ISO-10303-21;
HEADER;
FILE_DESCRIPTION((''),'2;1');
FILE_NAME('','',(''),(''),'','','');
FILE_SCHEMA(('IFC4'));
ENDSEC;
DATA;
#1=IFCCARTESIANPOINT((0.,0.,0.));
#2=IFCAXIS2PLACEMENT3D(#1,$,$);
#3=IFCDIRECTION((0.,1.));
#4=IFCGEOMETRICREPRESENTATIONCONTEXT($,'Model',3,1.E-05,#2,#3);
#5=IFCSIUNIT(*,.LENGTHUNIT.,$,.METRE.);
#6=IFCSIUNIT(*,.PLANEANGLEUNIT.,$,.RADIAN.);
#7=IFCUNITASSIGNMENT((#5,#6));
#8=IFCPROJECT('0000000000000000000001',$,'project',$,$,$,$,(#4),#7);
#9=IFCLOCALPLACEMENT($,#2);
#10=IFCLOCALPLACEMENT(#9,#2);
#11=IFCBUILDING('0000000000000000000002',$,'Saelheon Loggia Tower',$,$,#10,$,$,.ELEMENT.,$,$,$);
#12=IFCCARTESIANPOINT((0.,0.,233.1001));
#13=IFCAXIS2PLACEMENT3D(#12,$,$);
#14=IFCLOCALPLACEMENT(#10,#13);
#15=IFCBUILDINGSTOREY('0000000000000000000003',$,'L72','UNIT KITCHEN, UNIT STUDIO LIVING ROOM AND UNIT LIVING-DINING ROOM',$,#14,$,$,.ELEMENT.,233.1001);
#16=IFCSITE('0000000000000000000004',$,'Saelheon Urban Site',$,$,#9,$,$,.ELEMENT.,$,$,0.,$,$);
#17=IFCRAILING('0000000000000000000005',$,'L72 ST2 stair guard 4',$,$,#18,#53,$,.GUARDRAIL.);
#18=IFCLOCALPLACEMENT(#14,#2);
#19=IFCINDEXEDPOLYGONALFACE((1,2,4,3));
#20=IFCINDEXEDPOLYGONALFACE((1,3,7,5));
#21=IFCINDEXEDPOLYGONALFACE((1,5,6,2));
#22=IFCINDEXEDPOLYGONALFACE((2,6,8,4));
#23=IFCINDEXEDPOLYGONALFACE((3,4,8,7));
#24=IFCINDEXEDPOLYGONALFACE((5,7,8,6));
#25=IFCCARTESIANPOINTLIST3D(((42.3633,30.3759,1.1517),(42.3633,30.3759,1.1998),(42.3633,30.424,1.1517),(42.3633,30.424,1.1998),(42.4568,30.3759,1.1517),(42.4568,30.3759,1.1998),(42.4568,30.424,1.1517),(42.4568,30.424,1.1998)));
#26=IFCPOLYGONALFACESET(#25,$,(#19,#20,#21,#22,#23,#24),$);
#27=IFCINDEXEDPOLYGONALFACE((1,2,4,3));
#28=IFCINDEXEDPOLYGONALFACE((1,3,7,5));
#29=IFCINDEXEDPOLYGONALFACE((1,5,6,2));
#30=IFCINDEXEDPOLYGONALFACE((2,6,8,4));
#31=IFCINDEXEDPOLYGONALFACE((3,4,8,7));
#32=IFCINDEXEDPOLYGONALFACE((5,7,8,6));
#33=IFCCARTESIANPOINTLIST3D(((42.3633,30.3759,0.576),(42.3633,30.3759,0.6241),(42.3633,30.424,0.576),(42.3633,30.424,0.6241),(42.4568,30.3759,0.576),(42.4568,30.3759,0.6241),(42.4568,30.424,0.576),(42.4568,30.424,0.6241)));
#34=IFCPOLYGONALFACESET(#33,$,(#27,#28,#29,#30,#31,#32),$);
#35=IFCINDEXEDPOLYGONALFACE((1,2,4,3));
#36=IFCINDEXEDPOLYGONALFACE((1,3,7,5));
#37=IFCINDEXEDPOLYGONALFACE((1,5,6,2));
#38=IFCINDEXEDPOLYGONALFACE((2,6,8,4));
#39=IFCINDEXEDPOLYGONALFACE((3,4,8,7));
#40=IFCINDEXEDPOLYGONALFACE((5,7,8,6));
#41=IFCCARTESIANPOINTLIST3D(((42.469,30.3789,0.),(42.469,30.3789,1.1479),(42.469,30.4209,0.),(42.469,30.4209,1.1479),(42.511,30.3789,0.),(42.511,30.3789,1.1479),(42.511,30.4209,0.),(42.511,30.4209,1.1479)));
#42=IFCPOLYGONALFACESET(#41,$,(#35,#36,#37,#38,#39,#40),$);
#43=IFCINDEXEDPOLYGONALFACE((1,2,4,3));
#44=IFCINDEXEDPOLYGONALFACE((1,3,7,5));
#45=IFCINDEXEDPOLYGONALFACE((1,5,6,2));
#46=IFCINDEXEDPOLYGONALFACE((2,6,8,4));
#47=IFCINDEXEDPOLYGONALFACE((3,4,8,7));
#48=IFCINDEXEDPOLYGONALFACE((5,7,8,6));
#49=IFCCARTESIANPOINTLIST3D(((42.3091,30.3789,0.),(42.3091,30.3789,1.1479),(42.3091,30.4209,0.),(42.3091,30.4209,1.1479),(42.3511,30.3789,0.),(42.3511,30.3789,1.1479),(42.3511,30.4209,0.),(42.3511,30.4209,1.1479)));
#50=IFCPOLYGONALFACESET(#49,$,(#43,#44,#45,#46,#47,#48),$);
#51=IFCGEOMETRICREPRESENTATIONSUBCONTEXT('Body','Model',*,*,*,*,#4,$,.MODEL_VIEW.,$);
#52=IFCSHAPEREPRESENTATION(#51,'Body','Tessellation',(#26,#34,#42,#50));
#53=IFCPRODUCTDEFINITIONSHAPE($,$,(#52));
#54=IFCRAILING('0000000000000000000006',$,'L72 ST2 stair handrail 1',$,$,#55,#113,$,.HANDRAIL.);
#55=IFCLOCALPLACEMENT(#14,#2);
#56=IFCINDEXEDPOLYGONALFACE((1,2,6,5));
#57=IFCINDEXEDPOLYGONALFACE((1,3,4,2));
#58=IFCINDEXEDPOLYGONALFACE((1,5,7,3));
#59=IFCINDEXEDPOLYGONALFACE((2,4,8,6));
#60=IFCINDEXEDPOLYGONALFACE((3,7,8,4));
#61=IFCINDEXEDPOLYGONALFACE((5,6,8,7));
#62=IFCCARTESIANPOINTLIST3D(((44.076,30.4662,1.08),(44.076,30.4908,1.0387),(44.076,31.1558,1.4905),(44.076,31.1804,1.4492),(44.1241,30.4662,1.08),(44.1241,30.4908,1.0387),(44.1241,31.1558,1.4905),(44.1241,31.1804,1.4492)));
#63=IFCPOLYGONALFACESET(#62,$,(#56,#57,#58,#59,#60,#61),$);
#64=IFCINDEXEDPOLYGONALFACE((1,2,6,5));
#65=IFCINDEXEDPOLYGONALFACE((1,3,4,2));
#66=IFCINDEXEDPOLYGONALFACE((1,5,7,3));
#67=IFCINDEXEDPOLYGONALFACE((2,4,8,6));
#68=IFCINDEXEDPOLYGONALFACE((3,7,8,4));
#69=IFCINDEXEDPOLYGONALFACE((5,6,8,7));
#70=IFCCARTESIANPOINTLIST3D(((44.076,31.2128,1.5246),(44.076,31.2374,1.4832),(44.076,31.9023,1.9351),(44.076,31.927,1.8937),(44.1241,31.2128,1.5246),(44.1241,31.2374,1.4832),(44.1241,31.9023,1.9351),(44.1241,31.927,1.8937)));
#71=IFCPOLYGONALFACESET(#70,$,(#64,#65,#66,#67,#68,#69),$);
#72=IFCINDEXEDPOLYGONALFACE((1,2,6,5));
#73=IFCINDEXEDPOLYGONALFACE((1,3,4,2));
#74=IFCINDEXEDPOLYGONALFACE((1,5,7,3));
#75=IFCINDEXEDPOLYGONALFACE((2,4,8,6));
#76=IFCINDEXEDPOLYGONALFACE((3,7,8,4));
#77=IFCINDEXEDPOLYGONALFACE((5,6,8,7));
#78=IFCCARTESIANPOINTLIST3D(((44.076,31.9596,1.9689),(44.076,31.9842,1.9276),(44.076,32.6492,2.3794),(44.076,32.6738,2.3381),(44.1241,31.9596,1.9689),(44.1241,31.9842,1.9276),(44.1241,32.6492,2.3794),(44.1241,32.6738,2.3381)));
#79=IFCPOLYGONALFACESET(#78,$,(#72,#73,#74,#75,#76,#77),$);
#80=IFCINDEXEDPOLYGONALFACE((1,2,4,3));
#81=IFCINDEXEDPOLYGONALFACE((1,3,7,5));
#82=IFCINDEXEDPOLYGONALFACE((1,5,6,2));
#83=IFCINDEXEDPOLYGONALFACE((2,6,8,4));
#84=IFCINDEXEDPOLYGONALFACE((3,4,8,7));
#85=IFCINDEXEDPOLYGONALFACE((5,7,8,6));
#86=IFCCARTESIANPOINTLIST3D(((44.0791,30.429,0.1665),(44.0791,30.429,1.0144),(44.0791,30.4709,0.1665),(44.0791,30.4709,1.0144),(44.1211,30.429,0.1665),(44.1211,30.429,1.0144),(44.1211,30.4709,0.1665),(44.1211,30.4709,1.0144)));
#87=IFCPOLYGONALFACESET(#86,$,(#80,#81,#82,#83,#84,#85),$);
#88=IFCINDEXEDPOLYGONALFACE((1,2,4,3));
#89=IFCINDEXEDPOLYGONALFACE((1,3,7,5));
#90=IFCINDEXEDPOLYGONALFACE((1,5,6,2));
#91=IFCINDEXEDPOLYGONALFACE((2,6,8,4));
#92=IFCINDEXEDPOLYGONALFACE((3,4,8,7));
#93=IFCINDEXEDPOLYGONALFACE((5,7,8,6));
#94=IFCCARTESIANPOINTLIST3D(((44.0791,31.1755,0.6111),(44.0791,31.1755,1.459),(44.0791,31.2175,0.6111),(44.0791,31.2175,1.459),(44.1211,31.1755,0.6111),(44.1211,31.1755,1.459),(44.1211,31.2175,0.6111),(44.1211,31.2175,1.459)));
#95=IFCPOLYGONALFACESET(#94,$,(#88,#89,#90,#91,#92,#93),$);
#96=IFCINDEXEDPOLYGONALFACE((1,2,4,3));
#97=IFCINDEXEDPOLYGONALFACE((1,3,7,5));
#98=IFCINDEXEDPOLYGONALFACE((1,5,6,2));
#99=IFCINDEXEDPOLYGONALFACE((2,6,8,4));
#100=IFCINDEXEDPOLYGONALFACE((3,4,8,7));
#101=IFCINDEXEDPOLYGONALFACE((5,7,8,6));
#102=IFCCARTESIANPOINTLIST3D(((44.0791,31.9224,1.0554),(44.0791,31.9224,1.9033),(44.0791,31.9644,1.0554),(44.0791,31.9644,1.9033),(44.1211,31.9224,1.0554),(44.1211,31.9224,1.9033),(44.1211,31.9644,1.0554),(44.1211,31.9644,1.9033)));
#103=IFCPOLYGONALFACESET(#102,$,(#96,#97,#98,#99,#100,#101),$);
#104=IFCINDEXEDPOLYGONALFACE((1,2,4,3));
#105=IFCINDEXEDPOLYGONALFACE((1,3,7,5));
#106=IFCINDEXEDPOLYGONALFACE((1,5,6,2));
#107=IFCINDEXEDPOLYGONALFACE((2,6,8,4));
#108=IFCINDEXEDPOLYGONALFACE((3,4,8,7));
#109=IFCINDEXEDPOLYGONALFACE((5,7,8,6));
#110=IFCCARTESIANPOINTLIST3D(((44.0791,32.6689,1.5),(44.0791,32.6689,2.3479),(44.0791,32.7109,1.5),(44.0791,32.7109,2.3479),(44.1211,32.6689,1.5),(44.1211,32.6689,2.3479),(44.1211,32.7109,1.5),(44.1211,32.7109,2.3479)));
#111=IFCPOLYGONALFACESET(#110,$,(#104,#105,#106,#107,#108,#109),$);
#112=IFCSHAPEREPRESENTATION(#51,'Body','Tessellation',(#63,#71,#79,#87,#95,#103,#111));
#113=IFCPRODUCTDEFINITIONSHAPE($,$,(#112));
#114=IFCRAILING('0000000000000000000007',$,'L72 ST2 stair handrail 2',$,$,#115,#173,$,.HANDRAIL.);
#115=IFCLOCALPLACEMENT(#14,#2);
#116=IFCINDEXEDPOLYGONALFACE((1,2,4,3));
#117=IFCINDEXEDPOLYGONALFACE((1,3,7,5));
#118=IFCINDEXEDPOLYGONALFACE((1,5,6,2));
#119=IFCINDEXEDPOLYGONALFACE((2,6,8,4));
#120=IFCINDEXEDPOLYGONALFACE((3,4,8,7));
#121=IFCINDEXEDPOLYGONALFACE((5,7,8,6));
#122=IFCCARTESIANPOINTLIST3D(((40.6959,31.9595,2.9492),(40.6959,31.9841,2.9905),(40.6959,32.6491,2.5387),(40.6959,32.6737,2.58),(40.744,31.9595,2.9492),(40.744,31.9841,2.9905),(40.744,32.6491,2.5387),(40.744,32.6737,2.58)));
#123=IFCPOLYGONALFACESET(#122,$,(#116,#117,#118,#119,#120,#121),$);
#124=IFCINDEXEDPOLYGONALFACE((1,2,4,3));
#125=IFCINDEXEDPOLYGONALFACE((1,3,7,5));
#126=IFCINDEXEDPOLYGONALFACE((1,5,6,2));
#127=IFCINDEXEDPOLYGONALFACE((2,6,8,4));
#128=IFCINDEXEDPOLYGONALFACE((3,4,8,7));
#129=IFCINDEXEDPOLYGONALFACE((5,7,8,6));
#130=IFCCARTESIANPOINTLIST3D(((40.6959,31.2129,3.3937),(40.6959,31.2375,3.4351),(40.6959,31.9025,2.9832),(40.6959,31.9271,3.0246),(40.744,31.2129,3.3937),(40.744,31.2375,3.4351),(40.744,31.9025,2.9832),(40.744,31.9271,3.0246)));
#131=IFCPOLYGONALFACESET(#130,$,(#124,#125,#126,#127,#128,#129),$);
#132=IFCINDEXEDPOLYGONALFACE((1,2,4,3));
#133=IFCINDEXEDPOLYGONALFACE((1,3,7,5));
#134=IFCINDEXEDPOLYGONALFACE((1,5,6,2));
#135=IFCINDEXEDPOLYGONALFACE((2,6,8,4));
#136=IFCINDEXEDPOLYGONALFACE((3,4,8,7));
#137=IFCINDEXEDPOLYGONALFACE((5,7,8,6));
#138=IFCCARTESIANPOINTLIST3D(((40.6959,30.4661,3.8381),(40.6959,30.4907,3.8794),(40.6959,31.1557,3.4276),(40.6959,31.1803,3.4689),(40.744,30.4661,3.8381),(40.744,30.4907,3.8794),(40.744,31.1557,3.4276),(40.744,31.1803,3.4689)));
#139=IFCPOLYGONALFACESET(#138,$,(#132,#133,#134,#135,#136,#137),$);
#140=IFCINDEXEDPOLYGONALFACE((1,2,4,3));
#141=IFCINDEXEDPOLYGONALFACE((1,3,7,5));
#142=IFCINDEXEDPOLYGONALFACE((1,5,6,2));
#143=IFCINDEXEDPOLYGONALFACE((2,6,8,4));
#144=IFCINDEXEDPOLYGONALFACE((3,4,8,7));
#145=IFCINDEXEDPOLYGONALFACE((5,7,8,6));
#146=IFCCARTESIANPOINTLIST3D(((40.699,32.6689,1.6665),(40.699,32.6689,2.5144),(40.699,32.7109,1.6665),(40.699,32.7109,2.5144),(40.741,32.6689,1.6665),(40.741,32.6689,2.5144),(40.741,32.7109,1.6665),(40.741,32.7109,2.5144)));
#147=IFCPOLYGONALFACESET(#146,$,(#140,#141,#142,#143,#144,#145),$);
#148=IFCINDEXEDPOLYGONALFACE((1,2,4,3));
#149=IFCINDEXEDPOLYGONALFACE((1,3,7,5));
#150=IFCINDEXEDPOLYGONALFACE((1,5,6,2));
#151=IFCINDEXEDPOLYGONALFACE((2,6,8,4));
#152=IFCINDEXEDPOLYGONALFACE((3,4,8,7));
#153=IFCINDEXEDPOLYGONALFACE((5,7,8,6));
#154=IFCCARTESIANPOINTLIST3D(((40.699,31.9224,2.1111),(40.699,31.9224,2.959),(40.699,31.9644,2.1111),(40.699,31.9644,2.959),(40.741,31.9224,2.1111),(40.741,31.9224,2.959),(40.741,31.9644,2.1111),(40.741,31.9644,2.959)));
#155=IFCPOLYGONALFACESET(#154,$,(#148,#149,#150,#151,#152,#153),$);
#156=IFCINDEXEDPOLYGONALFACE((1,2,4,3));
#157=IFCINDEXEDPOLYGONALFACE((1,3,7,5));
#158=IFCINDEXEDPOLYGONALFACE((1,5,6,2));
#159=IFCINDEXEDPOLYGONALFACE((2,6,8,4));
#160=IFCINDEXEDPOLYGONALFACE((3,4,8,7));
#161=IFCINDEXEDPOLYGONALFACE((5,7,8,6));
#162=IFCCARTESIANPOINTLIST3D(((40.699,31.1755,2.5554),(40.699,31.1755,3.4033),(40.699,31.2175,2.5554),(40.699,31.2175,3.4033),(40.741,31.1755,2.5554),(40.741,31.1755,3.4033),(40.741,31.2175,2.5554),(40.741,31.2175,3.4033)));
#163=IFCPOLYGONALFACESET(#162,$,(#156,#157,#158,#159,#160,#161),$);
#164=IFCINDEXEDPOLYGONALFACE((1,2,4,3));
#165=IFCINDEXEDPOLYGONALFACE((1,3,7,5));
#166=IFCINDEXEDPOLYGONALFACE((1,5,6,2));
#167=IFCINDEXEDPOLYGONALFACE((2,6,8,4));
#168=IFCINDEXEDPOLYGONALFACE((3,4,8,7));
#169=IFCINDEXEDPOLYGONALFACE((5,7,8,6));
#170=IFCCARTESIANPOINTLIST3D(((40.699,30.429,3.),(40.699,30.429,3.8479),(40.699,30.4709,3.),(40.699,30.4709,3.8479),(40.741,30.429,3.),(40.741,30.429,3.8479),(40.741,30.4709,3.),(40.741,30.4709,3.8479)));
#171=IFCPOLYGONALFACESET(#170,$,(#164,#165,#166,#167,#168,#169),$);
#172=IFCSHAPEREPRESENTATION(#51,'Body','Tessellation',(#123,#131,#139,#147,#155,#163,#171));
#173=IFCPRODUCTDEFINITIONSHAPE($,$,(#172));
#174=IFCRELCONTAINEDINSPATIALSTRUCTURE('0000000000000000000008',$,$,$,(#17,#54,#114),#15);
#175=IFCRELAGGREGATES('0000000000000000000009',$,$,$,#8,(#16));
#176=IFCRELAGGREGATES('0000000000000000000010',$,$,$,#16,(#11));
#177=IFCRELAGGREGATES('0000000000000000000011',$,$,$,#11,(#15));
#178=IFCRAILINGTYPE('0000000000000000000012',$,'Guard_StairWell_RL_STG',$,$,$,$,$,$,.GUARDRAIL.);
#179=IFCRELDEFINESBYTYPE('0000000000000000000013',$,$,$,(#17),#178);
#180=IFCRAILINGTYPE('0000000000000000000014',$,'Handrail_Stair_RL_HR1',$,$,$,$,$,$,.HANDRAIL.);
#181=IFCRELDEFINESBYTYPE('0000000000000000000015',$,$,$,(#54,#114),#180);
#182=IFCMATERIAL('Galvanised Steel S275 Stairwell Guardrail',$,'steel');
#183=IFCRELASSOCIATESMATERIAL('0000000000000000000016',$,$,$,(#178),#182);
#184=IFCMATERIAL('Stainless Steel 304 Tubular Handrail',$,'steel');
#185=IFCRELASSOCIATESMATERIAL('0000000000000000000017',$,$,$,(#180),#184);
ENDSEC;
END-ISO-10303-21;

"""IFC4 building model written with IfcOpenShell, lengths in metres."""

from ifc_helpers import new_model, si_unit, direction, frame, origin, origin_2d, place, context, subcontext, project, spatial, rectangle, extrude, material, type_object, element, save


model = new_model("IFC4")

# Units and contexts
model_context = context("Model", 3, precision=1e-05, world=origin(), true_north=direction((0.0, 1.0)))
body_context = subcontext(model_context, "Body", "Model", "MODEL_VIEW")
ifc_project = project(units=[si_unit("LENGTHUNIT", "METRE"), si_unit("PLANEANGLEUNIT", "RADIAN")], contexts=[model_context])

# Site, building, storey
site_placement = place(None, origin())
site = spatial("IfcSite", under=ifc_project, at=site_placement, Name="Saelheon Urban Site", CompositionType="ELEMENT", RefElevation=0.0)
building_placement = place(site_placement, origin())
building = spatial("IfcBuilding", under=site, at=building_placement, Name="Saelheon Loggia Tower", CompositionType="ELEMENT")
storey_placement = place(building_placement, frame((0.0, 0.0, 233.1001)))
storey = spatial("IfcBuildingStorey", under=building, at=storey_placement, Name="L72", Description="UNIT KITCHEN, UNIT STUDIO LIVING ROOM AND UNIT LIVING-DINING ROOM", CompositionType="ELEMENT", Elevation=233.1001)

# Railings
ifc_material_1 = material(Name="Galvanised Steel S275 Stairwell Guardrail", Category="steel")
railing_type_1 = type_object("IfcRailingType", Name="Guard_StairWell_RL_STG", PredefinedType="GUARDRAIL", material=ifc_material_1)
railing_1_placement = place(storey_placement, frame((42.49, 30.3999, 0.0)))
element("IfcRailing", 1, at=railing_1_placement, inside=storey, type_object=railing_type_1, Name="L72 ST2 stair guard 4", PredefinedType="GUARDRAIL", context=body_context, shape_type="SweptSolid", body=[
    extrude(rectangle(XDim=0.0481, YDim=0.0481, at=origin_2d()), frame((-0.0332, 0.0, 1.1758), z_axis=(-1.0, 0.0, 0.0), x_axis=(0.0, -1.0, 0.0)), (0.0, 0.0, 1.0), 0.0935),
    extrude(rectangle(XDim=0.0481, YDim=0.0481, at=origin_2d()), frame((-0.0332, 0.0, 0.6001), z_axis=(-1.0, 0.0, 0.0), x_axis=(0.0, -1.0, 0.0)), (0.0, 0.0, 1.0), 0.0935),
    extrude(rectangle(XDim=0.042, YDim=0.042, at=origin_2d()), origin(), (0.0, 0.0, 1.0), 1.1479),
    extrude(rectangle(XDim=0.042, YDim=0.042, at=origin_2d()), frame((-0.1599, 0.0, 0.0)), (0.0, 0.0, 1.0), 1.1479),
])
ifc_material_2 = material(Name="Stainless Steel 304 Tubular Handrail", Category="steel")
railing_type_2 = type_object("IfcRailingType", Name="Handrail_Stair_RL_HR1", PredefinedType="HANDRAIL", material=ifc_material_2)
railing_2_placement = place(storey_placement, frame((44.1001, 30.45, 0.1665)))
element("IfcRailing", 2, at=railing_2_placement, inside=storey, type_object=railing_type_2, Name="L72 ST2 stair handrail 1", PredefinedType="HANDRAIL", context=body_context, shape_type="SweptSolid", body=[
    extrude(rectangle(XDim=0.0481, YDim=0.0481, at=origin_2d()), frame((0.0, 0.0286, 0.8928), z_axis=(0.0, 0.859264, 0.511532), x_axis=(-1.0, 0.0, 0.0)), (0.0, 0.0, 1.0), 0.8025),
    extrude(rectangle(XDim=0.0481, YDim=0.0481, at=origin_2d()), frame((0.0, 0.7751, 1.3374), z_axis=(0.0, 0.859264, 0.511532), x_axis=(-1.0, 0.0, 0.0)), (0.0, 0.0, 1.0), 0.8025),
    extrude(rectangle(XDim=0.0481, YDim=0.0481, at=origin_2d()), frame((0.0, 1.522, 1.7817), z_axis=(0.0, 0.859264, 0.511532), x_axis=(-1.0, 0.0, 0.0)), (0.0, 0.0, 1.0), 0.8025),
    extrude(rectangle(XDim=0.042, YDim=0.042, at=origin_2d()), origin(), (0.0, 0.0, 1.0), 0.8479),
    extrude(rectangle(XDim=0.042, YDim=0.042, at=origin_2d()), frame((0.0, 0.7466, 0.4446)), (0.0, 0.0, 1.0), 0.8479),
    extrude(rectangle(XDim=0.042, YDim=0.042, at=origin_2d()), frame((0.0, 1.4934, 0.8889)), (0.0, 0.0, 1.0), 0.8479),
    extrude(rectangle(XDim=0.042, YDim=0.042, at=origin_2d()), frame((0.0, 2.24, 1.3335)), (0.0, 0.0, 1.0), 0.8479),
])
railing_3_placement = place(storey_placement, frame((40.72, 32.6899, 1.6665)))
element("IfcRailing", 3, at=railing_3_placement, inside=storey, type_object=railing_type_2, Name="L72 ST2 stair handrail 2", PredefinedType="HANDRAIL", context=body_context, shape_type="SweptSolid", body=[
    extrude(rectangle(XDim=0.0481, YDim=0.0481, at=origin_2d()), frame((0.0, -0.0286, 0.8928), z_axis=(0.0, -0.859264, 0.511532), x_axis=(1.0, 0.0, 0.0)), (0.0, 0.0, 1.0), 0.8025),
    extrude(rectangle(XDim=0.0481, YDim=0.0481, at=origin_2d()), frame((0.0, -0.7751, 1.3374), z_axis=(0.0, -0.859264, 0.511532), x_axis=(1.0, 0.0, 0.0)), (0.0, 0.0, 1.0), 0.8025),
    extrude(rectangle(XDim=0.0481, YDim=0.0481, at=origin_2d()), frame((0.0, -1.522, 1.7817), z_axis=(0.0, -0.859264, 0.511532), x_axis=(1.0, 0.0, 0.0)), (0.0, 0.0, 1.0), 0.8025),
    extrude(rectangle(XDim=0.042, YDim=0.042, at=origin_2d()), origin(), (0.0, 0.0, 1.0), 0.8479),
    extrude(rectangle(XDim=0.042, YDim=0.042, at=origin_2d()), frame((0.0, -0.7466, 0.4446)), (0.0, 0.0, 1.0), 0.8479),
    extrude(rectangle(XDim=0.042, YDim=0.042, at=origin_2d()), frame((0.0, -1.4934, 0.8889)), (0.0, 0.0, 1.0), 0.8479),
    extrude(rectangle(XDim=0.042, YDim=0.042, at=origin_2d()), frame((0.0, -2.24, 1.3335)), (0.0, 0.0, 1.0), 0.8479),
])

save(model, "model.ifc")
